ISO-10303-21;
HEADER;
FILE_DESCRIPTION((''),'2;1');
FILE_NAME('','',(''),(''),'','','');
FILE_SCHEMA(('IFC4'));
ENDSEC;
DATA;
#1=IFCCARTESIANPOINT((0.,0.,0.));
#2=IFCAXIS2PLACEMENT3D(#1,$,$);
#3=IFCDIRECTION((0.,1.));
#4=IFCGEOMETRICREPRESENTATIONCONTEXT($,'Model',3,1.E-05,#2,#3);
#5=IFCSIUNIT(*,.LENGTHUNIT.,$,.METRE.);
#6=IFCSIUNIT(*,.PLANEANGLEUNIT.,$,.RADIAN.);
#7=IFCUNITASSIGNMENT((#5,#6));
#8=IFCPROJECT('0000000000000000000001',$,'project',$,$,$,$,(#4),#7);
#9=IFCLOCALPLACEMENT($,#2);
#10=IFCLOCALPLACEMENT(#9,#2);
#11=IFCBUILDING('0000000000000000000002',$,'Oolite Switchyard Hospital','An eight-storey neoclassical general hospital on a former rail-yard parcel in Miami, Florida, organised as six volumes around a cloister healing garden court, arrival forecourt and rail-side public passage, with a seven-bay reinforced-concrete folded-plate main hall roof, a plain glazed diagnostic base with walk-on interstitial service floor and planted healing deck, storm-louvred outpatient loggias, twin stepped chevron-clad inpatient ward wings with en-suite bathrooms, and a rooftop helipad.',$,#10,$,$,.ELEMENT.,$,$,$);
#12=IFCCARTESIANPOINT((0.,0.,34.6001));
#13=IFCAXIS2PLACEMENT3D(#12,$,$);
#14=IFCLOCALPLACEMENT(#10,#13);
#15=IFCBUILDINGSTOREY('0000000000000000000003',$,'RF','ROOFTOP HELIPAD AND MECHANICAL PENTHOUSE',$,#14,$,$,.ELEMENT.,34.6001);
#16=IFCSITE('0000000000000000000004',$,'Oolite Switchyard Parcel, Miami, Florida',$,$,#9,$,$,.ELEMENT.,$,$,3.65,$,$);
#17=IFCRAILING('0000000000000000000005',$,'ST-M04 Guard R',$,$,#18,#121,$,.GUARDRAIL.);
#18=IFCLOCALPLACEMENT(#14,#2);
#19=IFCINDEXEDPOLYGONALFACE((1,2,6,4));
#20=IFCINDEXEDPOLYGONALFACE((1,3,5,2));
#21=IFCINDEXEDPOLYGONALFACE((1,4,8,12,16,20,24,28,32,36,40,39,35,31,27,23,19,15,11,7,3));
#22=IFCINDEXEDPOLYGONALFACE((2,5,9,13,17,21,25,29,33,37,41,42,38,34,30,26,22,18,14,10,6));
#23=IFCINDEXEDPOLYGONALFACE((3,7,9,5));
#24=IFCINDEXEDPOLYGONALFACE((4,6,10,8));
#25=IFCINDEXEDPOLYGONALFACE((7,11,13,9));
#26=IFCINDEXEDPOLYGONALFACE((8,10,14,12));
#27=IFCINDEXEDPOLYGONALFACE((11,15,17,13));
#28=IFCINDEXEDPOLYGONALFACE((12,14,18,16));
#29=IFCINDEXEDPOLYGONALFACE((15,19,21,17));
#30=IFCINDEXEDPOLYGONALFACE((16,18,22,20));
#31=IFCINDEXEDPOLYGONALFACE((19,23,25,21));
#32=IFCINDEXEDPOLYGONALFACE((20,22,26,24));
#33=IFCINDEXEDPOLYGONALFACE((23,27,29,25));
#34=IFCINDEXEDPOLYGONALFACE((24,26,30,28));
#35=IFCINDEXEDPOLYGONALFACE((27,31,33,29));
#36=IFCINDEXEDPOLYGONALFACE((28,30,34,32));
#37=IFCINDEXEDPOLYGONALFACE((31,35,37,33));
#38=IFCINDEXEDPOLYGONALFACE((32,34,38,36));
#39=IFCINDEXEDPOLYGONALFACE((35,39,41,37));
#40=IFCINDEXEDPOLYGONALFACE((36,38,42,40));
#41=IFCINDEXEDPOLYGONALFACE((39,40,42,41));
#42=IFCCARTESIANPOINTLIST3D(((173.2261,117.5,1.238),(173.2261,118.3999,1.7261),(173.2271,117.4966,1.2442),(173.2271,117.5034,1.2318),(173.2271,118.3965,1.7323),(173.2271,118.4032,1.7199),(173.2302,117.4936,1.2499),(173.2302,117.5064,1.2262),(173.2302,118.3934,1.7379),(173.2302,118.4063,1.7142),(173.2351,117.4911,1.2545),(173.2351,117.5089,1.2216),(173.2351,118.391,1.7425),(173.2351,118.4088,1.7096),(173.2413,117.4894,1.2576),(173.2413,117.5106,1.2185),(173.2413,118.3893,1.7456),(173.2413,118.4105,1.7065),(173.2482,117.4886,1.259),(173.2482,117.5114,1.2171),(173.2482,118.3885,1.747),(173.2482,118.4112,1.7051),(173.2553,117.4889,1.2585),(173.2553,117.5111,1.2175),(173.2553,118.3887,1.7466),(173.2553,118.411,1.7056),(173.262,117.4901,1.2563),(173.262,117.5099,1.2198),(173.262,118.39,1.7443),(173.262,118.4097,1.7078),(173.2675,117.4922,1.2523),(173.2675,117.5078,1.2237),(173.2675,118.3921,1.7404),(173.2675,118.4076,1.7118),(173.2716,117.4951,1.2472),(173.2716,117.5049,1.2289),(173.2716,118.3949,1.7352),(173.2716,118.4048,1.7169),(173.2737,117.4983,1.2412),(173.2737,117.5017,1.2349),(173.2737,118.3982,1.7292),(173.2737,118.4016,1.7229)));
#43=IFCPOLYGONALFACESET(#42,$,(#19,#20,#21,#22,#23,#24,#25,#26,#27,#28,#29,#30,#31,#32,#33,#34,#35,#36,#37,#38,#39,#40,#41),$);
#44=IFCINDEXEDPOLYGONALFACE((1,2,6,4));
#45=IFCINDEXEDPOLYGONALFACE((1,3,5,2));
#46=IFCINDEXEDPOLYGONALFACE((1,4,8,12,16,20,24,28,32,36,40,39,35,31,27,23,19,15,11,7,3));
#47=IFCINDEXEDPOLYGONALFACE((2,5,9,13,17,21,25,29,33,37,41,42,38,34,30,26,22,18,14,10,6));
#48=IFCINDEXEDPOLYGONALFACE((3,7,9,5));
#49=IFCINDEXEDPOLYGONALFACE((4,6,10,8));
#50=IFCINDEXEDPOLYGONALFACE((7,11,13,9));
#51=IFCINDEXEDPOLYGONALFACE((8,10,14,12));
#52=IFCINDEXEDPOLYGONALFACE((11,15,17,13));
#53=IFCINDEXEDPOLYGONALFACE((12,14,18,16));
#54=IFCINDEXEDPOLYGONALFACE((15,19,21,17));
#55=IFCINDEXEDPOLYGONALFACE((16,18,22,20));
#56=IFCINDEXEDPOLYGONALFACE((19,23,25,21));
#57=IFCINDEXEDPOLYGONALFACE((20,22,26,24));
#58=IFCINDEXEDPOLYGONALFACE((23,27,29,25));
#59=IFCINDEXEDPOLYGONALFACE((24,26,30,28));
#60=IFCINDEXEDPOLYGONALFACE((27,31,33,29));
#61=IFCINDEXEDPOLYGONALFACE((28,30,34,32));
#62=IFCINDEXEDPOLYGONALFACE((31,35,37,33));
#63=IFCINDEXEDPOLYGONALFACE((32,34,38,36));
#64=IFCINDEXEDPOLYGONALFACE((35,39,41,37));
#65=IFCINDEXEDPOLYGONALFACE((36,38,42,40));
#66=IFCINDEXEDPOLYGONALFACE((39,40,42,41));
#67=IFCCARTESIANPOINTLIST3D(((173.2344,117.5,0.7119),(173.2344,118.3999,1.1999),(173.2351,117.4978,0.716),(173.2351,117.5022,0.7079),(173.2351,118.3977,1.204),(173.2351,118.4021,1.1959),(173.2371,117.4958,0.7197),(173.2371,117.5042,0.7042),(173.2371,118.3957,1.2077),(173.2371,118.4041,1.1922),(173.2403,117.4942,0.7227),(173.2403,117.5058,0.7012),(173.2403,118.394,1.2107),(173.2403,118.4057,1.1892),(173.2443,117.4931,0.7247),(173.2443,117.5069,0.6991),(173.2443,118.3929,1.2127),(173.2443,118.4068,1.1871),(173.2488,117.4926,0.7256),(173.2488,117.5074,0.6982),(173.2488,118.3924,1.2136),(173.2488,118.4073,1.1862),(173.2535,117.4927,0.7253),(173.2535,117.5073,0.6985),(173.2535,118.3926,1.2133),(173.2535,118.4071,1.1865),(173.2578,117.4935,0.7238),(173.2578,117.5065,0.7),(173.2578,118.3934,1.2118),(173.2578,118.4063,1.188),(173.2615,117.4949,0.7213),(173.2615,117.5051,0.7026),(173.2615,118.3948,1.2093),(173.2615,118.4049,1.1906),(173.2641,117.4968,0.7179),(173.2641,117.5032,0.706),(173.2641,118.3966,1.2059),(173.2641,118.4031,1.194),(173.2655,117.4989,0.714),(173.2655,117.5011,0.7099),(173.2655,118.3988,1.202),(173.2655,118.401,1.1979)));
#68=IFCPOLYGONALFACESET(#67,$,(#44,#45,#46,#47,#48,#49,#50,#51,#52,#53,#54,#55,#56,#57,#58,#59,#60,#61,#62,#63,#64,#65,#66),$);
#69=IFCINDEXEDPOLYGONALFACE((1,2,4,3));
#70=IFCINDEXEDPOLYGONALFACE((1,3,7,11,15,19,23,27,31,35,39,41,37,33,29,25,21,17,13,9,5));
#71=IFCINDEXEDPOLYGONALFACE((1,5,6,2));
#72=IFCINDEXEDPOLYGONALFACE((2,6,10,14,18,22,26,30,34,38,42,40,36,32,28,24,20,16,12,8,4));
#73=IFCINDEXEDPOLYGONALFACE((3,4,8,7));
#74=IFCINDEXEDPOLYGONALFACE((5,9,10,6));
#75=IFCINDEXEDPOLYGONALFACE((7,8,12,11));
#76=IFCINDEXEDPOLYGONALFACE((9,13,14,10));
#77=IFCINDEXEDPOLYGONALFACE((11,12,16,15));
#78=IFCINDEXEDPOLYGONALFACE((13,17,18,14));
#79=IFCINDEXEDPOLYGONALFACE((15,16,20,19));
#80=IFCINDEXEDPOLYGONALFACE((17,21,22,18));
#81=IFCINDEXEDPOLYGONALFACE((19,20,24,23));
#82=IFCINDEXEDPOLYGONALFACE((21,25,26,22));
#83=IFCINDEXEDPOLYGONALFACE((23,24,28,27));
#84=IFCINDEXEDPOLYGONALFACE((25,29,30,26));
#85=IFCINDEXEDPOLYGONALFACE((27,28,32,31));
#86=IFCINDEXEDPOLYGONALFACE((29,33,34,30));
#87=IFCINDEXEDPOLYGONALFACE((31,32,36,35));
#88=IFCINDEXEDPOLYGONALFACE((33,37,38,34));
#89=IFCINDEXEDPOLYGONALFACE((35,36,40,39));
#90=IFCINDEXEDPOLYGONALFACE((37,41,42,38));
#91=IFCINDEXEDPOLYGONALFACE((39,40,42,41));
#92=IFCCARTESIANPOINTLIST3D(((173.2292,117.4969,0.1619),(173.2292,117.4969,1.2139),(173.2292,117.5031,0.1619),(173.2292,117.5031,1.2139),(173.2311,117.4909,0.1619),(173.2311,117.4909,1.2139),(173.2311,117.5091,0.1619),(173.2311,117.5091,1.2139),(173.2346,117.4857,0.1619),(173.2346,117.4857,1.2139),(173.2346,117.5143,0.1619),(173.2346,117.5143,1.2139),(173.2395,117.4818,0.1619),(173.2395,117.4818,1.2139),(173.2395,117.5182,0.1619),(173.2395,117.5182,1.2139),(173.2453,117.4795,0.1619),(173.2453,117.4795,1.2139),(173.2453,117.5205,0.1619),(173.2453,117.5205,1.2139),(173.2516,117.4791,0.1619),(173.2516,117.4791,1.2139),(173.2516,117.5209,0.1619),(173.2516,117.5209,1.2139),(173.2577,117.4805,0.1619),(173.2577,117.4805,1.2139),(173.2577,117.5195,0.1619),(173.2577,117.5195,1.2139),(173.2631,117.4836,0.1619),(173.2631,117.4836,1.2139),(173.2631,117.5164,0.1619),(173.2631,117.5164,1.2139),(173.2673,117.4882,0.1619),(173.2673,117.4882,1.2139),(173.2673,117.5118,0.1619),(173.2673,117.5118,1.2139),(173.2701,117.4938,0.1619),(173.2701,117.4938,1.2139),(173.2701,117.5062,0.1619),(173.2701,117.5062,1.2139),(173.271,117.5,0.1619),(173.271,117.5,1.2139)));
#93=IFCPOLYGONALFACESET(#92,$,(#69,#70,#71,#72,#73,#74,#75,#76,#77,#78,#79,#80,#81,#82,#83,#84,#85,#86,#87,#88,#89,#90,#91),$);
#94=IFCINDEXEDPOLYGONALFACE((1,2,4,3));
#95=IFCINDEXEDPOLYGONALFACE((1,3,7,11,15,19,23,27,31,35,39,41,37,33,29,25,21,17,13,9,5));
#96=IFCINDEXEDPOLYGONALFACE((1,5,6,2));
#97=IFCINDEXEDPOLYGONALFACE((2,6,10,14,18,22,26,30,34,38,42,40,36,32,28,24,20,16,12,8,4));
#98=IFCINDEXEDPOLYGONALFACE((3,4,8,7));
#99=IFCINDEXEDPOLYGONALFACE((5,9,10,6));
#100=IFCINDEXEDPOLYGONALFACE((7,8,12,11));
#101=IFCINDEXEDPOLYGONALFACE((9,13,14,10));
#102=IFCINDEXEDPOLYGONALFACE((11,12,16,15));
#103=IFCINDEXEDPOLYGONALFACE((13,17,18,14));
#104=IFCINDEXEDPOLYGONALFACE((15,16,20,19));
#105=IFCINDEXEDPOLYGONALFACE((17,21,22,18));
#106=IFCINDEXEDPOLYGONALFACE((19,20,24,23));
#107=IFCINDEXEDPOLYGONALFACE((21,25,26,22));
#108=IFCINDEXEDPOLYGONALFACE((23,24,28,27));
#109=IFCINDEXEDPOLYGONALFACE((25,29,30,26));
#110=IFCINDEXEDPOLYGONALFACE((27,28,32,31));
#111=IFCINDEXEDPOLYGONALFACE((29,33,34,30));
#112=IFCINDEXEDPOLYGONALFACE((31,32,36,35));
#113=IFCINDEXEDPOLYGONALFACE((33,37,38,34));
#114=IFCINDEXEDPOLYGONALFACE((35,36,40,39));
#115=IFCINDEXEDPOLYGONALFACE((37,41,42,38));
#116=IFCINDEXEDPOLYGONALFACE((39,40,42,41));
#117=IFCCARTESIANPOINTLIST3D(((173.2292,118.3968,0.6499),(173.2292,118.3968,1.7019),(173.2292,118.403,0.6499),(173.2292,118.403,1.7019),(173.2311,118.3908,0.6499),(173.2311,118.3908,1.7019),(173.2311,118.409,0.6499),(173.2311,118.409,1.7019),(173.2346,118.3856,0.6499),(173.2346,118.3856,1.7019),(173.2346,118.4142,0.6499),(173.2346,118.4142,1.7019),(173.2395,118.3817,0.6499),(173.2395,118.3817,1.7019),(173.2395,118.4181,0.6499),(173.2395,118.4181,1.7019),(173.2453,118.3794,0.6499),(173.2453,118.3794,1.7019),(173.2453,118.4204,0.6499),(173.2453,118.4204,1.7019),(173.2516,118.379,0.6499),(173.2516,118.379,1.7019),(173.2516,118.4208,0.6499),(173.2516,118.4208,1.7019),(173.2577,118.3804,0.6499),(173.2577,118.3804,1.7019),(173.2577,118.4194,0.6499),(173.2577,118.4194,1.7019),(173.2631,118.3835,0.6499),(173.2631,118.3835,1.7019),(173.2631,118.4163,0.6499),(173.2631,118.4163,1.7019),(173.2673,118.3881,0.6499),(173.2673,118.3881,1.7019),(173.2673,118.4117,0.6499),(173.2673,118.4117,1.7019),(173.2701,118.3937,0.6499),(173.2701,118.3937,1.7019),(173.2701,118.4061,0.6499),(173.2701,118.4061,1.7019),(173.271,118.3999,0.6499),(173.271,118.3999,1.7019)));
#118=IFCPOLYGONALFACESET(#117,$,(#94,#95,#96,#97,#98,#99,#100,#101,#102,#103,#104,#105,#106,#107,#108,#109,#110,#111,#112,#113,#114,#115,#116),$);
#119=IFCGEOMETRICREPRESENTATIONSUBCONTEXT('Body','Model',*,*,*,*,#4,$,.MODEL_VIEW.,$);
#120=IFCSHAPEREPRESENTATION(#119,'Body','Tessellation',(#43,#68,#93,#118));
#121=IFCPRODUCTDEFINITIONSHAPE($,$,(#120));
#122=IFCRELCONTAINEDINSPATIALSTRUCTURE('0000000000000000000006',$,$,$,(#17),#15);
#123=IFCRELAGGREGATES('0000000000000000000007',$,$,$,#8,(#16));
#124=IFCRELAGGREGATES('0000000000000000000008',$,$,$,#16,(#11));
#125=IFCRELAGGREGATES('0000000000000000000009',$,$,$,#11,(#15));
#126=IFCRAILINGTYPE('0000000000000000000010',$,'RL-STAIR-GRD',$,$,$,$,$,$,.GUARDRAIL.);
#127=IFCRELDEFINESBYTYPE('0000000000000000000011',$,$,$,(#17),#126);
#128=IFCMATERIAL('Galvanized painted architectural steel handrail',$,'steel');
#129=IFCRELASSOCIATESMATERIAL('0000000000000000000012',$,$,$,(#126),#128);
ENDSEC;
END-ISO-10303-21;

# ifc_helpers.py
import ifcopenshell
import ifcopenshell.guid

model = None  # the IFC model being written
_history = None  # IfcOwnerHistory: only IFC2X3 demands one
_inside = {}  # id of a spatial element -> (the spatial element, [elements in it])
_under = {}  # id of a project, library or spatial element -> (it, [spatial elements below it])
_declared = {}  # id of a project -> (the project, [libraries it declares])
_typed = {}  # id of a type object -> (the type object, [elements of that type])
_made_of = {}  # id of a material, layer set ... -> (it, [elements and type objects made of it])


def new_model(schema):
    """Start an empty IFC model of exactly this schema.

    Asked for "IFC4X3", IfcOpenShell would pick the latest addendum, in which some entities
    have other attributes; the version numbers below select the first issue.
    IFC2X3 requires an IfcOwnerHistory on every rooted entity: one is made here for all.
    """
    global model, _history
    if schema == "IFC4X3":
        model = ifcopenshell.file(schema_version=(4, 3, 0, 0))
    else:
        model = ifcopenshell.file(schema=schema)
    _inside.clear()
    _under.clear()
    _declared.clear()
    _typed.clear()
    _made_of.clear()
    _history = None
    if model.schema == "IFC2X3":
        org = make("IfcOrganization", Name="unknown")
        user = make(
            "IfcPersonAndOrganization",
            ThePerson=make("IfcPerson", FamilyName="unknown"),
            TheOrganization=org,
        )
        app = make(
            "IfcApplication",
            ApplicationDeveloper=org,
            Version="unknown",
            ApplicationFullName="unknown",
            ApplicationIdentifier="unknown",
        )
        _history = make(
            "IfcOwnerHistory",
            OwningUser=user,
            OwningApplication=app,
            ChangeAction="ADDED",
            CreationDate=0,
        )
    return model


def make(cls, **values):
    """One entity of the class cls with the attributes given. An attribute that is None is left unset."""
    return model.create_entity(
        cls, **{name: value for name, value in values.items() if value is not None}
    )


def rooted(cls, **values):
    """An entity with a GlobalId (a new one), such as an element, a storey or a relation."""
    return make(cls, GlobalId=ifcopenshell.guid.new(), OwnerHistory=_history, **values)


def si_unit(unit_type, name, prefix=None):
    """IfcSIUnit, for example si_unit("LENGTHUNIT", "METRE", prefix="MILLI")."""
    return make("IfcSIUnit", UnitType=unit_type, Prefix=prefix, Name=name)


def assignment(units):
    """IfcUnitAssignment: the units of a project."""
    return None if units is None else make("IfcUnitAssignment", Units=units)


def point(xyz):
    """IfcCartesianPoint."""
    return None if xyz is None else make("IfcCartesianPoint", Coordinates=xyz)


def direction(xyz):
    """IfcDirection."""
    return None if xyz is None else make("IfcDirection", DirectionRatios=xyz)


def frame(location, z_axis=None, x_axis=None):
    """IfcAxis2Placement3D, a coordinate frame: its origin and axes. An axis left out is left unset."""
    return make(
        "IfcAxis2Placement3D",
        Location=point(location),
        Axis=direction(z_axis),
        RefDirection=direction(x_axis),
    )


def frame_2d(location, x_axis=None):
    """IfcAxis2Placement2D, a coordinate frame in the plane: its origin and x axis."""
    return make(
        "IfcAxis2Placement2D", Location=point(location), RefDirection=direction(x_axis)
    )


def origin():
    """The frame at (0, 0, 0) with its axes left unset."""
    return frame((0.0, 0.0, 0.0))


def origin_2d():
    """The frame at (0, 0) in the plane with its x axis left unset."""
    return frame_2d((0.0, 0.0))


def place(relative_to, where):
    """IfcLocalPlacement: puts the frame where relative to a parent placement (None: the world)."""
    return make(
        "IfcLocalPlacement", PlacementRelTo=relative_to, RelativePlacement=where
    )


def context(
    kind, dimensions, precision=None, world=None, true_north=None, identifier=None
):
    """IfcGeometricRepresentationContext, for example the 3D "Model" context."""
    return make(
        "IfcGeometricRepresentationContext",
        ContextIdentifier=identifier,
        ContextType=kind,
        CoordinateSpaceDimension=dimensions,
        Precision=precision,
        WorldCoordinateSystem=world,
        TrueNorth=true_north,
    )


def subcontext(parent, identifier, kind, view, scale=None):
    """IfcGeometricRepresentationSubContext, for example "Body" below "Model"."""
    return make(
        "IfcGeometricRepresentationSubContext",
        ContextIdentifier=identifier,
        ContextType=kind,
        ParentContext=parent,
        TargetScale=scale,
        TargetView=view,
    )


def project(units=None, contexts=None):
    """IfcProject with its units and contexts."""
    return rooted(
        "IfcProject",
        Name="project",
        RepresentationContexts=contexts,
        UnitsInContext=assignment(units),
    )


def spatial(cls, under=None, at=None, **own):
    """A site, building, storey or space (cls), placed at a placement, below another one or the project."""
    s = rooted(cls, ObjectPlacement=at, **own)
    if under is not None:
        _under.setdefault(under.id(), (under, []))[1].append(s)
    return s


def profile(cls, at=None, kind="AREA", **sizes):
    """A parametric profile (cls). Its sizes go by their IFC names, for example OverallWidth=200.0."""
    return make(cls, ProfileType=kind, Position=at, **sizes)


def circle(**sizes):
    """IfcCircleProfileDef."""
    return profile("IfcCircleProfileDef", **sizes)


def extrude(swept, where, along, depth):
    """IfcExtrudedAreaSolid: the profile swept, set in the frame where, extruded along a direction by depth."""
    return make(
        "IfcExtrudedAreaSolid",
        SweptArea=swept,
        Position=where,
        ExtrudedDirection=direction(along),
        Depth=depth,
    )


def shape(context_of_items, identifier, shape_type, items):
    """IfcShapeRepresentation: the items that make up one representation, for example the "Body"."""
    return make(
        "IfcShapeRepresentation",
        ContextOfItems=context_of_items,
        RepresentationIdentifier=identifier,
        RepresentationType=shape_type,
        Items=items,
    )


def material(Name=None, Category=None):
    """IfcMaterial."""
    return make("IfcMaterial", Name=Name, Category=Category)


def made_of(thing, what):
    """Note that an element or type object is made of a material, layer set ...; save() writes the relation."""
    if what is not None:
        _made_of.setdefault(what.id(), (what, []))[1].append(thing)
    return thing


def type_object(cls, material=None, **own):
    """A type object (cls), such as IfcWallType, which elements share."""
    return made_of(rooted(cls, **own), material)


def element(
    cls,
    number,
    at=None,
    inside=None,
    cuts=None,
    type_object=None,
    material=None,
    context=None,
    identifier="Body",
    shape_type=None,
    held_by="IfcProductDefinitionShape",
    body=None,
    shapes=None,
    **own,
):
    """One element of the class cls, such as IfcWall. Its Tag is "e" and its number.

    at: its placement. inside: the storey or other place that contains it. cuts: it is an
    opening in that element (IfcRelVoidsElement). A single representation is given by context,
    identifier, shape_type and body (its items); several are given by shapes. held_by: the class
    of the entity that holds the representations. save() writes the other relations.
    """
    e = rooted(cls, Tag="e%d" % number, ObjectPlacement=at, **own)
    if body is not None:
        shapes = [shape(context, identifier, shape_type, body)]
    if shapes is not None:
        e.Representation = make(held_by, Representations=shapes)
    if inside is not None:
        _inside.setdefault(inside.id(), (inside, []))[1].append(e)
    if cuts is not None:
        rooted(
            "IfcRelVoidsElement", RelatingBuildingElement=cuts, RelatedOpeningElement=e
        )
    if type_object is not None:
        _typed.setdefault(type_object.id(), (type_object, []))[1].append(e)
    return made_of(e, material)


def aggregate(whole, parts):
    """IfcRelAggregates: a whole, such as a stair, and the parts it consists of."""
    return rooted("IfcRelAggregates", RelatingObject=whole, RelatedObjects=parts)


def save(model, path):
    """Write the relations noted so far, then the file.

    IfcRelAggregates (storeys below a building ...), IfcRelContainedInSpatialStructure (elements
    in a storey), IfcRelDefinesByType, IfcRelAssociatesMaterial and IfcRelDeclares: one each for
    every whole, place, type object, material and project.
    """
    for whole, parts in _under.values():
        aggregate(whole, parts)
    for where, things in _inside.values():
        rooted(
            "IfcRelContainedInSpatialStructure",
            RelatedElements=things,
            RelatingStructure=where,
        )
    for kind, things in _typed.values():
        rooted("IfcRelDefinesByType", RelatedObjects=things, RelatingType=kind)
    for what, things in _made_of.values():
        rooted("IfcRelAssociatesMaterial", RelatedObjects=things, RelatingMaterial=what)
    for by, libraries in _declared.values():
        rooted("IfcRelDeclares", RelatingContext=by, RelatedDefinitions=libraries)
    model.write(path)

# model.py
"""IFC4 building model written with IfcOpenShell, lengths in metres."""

from ifc_helpers import new_model, si_unit, direction, frame, origin, origin_2d, place, context, subcontext, project, spatial, circle, extrude, material, type_object, element, save


model = new_model("IFC4")

# Units and contexts
model_context = context("Model", 3, precision=1e-05, world=origin(), true_north=direction((0.0, 1.0)))
body_context = subcontext(model_context, "Body", "Model", "MODEL_VIEW")
ifc_project = project(units=[si_unit("LENGTHUNIT", "METRE"), si_unit("PLANEANGLEUNIT", "RADIAN")], contexts=[model_context])

# Site, building, storey
site_placement = place(None, origin())
site = spatial("IfcSite", under=ifc_project, at=site_placement, Name="Oolite Switchyard Parcel, Miami, Florida", CompositionType="ELEMENT", RefElevation=3.65)
building_placement = place(site_placement, origin())
building = spatial("IfcBuilding", under=site, at=building_placement, Name="Oolite Switchyard Hospital", Description="An eight-storey neoclassical general hospital on a former rail-yard parcel in Miami, Florida, organised as six volumes around a cloister healing garden court, arrival forecourt and rail-side public passage, with a seven-bay reinforced-concrete folded-plate main hall roof, a plain glazed diagnostic base with walk-on interstitial service floor and planted healing deck, storm-louvred outpatient loggias, twin stepped chevron-clad inpatient ward wings with en-suite bathrooms, and a rooftop helipad.", CompositionType="ELEMENT")
storey_placement = place(building_placement, frame((0.0, 0.0, 34.6001)))
storey = spatial("IfcBuildingStorey", under=building, at=storey_placement, Name="RF", Description="ROOFTOP HELIPAD AND MECHANICAL PENTHOUSE", CompositionType="ELEMENT", Elevation=34.6001)

# Railing
ifc_material_1 = material(Name="Galvanized painted architectural steel handrail", Category="steel")
railing_type_1 = type_object("IfcRailingType", Name="RL-STAIR-GRD", PredefinedType="GUARDRAIL", material=ifc_material_1)
for number, where, name in (
    (1, (173.25, 117.5, 0.1619), "ST-M04 Guard R"),
):
    element("IfcRailing", number, at=place(storey_placement, frame(where)), inside=storey, type_object=railing_type_1, Name=name, PredefinedType="GUARDRAIL", context=body_context, shape_type="SweptSolid", body=[
        extrude(circle(Radius=0.0239, at=origin_2d()), frame((0.0, 0.0, 1.0762), z_axis=(0.0, 0.87905, 0.476729), x_axis=(-1.0, 0.0, 0.0)), (0.0, 0.0, 1.0), 1.0237),
        extrude(circle(Radius=0.0156, at=origin_2d()), frame((0.0, 0.0, 0.55), z_axis=(0.0, 0.87905, 0.476729), x_axis=(-1.0, 0.0, 0.0)), (0.0, 0.0, 1.0), 1.0237),
        extrude(circle(Radius=0.021, at=origin_2d()), origin(), (0.0, 0.0, 1.0), 1.052),
        extrude(circle(Radius=0.021, at=origin_2d()), frame((0.0, 0.8999, 0.488)), (0.0, 0.0, 1.0), 1.052),
    ])

save(model, "model.ifc")
